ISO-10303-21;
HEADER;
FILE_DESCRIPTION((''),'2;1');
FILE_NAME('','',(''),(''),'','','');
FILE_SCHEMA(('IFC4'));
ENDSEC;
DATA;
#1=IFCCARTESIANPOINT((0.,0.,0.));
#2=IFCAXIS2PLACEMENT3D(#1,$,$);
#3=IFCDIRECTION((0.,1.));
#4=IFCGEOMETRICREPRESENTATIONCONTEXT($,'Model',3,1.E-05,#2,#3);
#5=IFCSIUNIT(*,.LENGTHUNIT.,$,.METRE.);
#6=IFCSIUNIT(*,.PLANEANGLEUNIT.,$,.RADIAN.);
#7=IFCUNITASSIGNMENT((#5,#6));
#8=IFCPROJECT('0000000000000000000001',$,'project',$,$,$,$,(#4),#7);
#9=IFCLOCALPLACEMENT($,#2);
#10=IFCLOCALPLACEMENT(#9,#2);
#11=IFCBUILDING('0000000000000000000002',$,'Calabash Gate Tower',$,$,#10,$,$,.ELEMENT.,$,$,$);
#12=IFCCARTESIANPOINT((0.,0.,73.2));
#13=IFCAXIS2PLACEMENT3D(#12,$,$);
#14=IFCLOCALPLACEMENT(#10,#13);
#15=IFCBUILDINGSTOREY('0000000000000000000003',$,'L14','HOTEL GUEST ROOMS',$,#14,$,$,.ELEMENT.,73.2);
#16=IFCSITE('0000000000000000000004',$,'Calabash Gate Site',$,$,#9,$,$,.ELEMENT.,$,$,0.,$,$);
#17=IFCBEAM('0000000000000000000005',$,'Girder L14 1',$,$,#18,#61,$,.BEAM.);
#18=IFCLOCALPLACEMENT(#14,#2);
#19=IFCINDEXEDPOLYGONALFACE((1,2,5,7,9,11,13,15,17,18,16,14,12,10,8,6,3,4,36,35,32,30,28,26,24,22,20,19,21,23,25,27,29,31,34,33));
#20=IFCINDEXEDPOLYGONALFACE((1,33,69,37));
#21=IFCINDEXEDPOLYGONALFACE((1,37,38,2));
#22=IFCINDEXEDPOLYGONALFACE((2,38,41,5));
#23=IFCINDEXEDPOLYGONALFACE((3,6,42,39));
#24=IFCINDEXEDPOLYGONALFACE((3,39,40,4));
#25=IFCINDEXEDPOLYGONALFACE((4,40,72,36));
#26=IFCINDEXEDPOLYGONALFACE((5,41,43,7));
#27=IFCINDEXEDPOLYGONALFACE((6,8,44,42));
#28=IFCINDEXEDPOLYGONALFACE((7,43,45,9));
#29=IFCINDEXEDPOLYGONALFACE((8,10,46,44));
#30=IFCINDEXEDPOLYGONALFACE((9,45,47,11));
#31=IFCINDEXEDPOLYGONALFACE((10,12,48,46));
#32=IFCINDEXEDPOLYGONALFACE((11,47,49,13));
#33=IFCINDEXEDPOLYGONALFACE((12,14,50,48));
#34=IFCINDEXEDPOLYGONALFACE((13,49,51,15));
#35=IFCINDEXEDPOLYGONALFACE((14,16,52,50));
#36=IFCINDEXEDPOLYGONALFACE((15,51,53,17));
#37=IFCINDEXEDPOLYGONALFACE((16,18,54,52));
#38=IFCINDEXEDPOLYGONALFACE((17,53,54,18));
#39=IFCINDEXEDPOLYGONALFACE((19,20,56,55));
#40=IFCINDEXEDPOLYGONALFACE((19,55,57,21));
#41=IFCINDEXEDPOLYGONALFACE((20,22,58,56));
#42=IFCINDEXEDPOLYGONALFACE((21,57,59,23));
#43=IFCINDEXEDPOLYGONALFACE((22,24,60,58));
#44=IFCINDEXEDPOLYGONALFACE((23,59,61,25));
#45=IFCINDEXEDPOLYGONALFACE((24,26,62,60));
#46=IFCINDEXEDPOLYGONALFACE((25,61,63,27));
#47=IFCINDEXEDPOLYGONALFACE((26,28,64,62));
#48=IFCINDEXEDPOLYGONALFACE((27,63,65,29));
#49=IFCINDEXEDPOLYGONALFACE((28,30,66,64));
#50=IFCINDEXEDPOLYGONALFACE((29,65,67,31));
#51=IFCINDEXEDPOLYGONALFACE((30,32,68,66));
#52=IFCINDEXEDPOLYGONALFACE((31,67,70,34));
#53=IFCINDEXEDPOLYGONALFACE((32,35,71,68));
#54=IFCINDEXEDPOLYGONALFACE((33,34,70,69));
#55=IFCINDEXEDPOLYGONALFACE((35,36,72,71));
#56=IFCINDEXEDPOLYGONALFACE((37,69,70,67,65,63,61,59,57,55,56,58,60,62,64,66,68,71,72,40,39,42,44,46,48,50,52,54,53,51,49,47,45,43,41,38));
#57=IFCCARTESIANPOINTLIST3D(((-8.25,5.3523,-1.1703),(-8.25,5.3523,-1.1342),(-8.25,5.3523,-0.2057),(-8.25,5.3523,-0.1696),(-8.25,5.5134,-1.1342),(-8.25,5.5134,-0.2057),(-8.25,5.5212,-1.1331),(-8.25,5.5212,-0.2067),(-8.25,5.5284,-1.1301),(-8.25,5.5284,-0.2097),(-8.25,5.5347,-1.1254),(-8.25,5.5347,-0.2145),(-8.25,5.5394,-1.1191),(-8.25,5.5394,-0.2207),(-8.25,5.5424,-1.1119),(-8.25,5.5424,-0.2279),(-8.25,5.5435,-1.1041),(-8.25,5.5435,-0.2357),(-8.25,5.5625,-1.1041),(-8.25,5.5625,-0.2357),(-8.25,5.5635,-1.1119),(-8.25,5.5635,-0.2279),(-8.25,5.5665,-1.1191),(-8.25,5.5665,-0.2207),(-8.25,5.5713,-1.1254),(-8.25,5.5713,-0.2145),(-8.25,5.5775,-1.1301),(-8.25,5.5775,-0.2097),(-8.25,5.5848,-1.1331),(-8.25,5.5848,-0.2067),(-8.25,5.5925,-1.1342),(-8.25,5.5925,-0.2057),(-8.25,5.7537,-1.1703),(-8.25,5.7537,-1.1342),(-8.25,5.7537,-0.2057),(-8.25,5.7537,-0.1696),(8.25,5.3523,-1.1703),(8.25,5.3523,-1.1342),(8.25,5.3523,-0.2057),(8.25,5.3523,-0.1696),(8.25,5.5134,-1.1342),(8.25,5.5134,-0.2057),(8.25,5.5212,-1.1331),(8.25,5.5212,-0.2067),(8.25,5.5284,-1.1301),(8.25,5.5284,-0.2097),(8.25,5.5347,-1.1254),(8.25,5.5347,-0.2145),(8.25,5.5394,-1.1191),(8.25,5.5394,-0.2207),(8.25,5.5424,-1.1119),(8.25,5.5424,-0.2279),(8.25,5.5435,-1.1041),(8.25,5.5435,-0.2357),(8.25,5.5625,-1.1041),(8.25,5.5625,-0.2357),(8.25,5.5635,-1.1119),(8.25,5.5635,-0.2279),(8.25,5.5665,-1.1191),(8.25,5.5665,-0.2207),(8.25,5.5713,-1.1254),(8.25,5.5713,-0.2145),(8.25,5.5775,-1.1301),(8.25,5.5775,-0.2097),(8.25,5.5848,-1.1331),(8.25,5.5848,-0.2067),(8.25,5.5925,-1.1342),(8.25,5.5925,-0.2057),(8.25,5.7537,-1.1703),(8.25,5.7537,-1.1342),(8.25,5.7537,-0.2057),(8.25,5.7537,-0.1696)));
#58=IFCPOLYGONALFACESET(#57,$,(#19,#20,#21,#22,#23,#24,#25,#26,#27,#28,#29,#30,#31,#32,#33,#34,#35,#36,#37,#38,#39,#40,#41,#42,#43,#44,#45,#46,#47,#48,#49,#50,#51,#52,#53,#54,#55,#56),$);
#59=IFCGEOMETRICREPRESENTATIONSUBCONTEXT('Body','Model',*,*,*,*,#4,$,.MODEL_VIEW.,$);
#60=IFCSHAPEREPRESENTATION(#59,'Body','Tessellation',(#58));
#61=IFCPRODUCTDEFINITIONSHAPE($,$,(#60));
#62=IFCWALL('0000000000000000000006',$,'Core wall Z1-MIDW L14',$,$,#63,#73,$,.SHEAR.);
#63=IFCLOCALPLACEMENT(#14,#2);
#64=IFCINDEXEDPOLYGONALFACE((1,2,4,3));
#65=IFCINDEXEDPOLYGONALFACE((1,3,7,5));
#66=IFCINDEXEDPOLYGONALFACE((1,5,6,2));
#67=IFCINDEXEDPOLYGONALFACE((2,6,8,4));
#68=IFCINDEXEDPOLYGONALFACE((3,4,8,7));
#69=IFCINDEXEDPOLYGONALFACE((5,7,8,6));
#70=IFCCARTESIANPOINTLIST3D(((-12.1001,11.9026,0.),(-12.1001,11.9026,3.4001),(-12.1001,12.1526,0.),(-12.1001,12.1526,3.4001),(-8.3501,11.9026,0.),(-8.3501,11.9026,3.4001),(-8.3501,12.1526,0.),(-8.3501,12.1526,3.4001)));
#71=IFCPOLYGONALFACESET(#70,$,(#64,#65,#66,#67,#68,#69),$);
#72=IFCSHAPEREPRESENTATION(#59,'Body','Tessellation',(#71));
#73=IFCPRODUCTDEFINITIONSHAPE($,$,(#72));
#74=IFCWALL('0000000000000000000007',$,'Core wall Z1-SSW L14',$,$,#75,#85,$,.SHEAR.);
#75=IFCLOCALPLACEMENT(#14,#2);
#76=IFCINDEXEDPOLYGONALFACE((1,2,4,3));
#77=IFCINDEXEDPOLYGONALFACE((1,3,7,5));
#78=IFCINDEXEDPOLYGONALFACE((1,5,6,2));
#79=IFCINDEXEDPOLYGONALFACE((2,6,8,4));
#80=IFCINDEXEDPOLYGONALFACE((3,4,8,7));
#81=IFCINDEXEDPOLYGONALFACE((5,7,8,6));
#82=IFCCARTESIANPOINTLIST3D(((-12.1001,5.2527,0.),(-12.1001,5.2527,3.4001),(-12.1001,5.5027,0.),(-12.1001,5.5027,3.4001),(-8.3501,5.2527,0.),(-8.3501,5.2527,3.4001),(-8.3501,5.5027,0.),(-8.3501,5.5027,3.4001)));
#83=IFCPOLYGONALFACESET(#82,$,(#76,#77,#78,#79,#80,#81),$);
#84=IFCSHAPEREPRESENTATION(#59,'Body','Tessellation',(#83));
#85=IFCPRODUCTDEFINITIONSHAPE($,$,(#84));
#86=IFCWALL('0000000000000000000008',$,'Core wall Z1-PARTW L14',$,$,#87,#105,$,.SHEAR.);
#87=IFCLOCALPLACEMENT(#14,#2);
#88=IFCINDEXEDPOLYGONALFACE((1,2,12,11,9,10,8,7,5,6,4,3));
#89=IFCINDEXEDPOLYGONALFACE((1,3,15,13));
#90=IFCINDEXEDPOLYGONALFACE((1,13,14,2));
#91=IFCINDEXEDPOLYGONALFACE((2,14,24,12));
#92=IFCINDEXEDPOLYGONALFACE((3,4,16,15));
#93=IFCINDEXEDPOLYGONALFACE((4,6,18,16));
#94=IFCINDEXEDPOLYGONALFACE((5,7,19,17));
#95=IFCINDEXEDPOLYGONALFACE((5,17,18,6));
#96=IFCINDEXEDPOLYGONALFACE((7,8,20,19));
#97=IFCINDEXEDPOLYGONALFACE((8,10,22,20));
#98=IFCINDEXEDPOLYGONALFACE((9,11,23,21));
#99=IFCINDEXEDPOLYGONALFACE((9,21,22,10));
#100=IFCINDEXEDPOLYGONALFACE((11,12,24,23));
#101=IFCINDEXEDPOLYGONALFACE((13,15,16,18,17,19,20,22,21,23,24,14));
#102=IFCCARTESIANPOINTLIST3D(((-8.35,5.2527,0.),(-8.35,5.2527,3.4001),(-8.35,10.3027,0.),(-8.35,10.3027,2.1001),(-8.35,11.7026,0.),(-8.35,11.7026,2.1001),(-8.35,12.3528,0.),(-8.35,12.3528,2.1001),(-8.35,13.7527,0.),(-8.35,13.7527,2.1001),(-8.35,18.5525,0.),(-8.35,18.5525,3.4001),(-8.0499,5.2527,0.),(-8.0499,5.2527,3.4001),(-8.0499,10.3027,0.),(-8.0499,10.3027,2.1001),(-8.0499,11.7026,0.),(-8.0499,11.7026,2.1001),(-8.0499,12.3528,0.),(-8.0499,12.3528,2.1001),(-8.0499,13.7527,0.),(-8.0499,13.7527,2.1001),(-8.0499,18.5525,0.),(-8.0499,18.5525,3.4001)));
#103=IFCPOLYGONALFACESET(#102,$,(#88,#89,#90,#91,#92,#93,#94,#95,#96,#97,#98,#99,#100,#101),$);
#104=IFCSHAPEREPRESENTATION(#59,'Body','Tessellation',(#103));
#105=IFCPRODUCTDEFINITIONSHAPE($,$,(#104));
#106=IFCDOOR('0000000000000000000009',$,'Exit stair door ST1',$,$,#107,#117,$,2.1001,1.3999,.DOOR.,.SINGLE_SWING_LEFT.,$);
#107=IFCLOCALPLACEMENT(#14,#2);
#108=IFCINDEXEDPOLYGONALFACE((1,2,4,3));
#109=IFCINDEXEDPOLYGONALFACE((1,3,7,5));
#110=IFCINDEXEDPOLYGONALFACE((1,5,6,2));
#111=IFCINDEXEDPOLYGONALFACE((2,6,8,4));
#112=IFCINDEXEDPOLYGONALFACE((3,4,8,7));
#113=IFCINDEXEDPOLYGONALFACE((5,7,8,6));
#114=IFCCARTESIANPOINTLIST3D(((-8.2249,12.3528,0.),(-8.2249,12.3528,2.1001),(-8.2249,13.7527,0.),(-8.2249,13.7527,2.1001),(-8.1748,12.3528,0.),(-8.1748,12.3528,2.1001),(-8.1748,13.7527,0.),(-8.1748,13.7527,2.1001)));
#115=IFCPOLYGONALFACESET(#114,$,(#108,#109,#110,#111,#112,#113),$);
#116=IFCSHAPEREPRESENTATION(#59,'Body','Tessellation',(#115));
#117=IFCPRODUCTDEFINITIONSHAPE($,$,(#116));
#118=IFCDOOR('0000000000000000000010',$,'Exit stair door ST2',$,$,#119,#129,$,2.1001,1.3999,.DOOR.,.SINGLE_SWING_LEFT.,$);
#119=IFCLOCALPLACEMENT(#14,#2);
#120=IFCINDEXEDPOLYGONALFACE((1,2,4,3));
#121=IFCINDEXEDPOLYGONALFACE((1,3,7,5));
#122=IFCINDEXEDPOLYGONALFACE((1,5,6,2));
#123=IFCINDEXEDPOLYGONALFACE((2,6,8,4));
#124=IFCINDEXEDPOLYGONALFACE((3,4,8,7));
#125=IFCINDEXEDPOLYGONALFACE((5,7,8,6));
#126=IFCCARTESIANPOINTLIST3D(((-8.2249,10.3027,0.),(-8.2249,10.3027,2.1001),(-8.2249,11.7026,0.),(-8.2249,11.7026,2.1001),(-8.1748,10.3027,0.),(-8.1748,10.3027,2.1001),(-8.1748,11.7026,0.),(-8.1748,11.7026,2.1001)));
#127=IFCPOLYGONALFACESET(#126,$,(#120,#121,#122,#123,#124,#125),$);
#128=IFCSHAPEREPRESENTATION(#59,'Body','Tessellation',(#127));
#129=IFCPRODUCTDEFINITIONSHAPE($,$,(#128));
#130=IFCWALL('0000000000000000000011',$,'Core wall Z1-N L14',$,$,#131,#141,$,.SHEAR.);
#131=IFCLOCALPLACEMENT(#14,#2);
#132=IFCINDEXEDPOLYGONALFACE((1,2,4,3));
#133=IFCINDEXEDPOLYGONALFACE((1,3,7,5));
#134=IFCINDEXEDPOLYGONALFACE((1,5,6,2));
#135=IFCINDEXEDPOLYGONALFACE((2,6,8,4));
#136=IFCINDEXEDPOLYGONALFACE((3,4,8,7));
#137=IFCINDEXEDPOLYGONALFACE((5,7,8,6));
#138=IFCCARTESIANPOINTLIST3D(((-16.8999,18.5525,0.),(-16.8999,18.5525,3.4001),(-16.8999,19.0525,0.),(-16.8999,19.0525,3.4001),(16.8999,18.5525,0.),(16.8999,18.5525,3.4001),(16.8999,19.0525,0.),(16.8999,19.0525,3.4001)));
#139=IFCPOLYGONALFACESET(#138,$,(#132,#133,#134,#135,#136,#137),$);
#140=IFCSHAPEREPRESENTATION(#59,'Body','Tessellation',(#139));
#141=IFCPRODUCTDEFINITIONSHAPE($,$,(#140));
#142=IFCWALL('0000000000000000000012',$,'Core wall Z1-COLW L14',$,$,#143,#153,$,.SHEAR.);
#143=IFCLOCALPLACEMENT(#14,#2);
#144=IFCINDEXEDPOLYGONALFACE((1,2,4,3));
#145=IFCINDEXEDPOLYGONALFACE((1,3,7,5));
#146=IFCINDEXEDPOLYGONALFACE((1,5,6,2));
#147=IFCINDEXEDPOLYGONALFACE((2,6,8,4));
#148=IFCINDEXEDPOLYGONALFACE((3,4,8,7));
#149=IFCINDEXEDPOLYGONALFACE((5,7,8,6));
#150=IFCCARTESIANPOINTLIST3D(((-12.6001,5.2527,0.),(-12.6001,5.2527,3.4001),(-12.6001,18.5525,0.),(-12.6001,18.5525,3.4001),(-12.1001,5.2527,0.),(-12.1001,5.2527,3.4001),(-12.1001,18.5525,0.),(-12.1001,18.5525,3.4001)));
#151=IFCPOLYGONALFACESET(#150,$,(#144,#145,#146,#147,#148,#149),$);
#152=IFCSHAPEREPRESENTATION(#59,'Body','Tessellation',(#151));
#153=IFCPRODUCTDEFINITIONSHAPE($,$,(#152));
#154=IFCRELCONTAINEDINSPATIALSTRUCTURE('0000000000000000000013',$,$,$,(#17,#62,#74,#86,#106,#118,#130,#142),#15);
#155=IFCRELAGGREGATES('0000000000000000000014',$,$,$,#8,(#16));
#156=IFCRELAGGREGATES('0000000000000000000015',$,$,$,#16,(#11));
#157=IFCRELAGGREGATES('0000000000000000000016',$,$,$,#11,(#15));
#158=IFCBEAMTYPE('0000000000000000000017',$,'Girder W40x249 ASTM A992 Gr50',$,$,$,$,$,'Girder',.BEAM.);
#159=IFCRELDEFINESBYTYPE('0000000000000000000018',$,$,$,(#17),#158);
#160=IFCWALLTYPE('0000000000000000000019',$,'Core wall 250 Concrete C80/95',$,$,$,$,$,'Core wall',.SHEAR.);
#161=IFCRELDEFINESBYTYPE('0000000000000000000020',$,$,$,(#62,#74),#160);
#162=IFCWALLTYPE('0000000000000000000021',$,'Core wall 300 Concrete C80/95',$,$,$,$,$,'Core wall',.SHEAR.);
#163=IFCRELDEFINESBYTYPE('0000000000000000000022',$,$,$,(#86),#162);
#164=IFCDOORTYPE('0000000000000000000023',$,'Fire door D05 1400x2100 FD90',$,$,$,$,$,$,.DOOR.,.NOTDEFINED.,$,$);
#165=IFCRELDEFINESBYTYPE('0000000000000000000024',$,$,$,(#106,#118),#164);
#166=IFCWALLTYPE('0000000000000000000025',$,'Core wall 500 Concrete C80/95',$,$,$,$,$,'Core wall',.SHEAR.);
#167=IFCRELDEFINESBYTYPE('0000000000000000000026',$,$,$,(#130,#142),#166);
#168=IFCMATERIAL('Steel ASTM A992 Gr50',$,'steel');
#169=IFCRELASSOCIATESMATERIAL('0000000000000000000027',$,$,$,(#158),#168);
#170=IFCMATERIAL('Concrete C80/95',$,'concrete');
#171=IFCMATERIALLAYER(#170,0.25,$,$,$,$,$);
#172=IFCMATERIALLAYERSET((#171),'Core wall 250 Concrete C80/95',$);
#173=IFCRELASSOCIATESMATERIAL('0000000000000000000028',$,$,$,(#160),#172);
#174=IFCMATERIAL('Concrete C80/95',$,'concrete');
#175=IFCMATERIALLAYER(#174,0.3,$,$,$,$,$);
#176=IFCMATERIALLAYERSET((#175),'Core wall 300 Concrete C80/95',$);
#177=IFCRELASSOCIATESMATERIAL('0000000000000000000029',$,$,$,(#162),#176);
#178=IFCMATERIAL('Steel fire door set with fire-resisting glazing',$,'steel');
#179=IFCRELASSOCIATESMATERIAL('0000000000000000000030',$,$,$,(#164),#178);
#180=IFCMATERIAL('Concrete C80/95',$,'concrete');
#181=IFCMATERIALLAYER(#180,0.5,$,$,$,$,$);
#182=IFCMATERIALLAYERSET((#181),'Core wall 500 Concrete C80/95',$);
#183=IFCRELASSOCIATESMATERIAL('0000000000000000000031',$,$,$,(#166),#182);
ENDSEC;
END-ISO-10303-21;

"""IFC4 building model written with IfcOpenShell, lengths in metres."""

from ifc_helpers import new_model, si_unit, direction, frame, frame_2d, origin, origin_2d, place, context, subcontext, project, spatial, rectangle, i_section, extrude, material, layer, layer_set, material_profile, profile_set, type_object, element, fill, save


model = new_model("IFC4")

# Units and contexts
model_context = context("Model", 3, precision=1e-05, world=origin(), true_north=direction((0.0, 1.0)))
body_context = subcontext(model_context, "Body", "Model", "MODEL_VIEW")
ifc_project = project(units=[si_unit("LENGTHUNIT", "METRE"), si_unit("PLANEANGLEUNIT", "RADIAN")], contexts=[model_context])

# Site, building, storey
site_placement = place(None, origin())
site = spatial("IfcSite", under=ifc_project, at=site_placement, Name="Calabash Gate Site", CompositionType="ELEMENT", RefElevation=0.0)
building_placement = place(site_placement, origin())
building = spatial("IfcBuilding", under=site, at=building_placement, Name="Calabash Gate Tower", CompositionType="ELEMENT")
storey_placement = place(building_placement, frame((0.0, 0.0, 73.2)))
storey = spatial("IfcBuildingStorey", under=building, at=storey_placement, Name="L14", Description="HOTEL GUEST ROOMS", CompositionType="ELEMENT", Elevation=73.2)

# Beam
ifc_material_1 = material(Name="Steel ASTM A992 Gr50", Category="steel")
ifc_material_profile = material_profile(ifc_material_1, i_section(OverallWidth=0.4014, OverallDepth=1.0007, WebThickness=0.019, FlangeThickness=0.0361, FilletRadius=0.03, at=origin_2d()))
ifc_profile_set = profile_set([ifc_material_profile], Name="Steel ASTM A992 Gr50")
beam_type = type_object("IfcBeamType", Name="Girder W40x249 ASTM A992 Gr50", ElementType="Girder", PredefinedType="BEAM", material=ifc_profile_set)
beam_placement = place(storey_placement, frame((-8.25, 5.553, -0.6699), z_axis=(1.0, 0.0, 0.0), x_axis=(0.0, 1.0, 0.0)))
element("IfcBeam", 1, at=beam_placement, inside=storey, type_object=beam_type, Name="Girder L14 1", PredefinedType="BEAM", context=body_context, shape_type="SweptSolid", body=[
    extrude(i_section(OverallWidth=0.4014, OverallDepth=1.0007, WebThickness=0.019, FlangeThickness=0.0361, FilletRadius=0.03, at=origin_2d()), origin(), (0.0, 0.0, 1.0), 16.5),
])

# Walls
ifc_material_2 = material(Name="Concrete C80/95", Category="concrete")
ifc_layer_1 = layer(ifc_material_2, 0.25)
ifc_layer_set_1 = layer_set([ifc_layer_1], Name="Core wall 250 Concrete C80/95")
wall_type_1 = type_object("IfcWallType", Name="Core wall 250 Concrete C80/95", ElementType="Core wall", PredefinedType="SHEAR", material=ifc_layer_set_1)
for number, where, z_axis, x_axis, name in (
    (2, (-12.1001, 12.0276, 0.0), (0.0, 0.0, 1.0), (1.0, 0.0, 0.0), "Core wall Z1-MIDW L14"),
    (3, (-12.1001, 5.3777, 0.0), (0.0, 0.0, 1.0), (1.0, 0.0, 0.0), "Core wall Z1-SSW L14"),
):
    element("IfcWall", number, at=place(storey_placement, frame(where, z_axis=z_axis, x_axis=x_axis)), inside=storey, type_object=wall_type_1, Name=name, PredefinedType="SHEAR", context=body_context, shape_type="SweptSolid", body=[
        extrude(rectangle(XDim=3.75, YDim=0.25, at=frame_2d((1.875, 0.0))), origin(), (0.0, 0.0, 1.0), 3.4001),
    ])

# Wall, openings, doors
ifc_material_3 = material(Name="Concrete C80/95", Category="concrete")
ifc_layer_2 = layer(ifc_material_3, 0.3)
ifc_layer_set_2 = layer_set([ifc_layer_2], Name="Core wall 300 Concrete C80/95")
wall_type_2 = type_object("IfcWallType", Name="Core wall 300 Concrete C80/95", ElementType="Core wall", PredefinedType="SHEAR", material=ifc_layer_set_2)
wall_1_placement = place(storey_placement, frame((-8.2, 5.2527, 0.0), z_axis=(0.0, 0.0, 1.0), x_axis=(0.0, 1.0, 0.0)))
wall_1 = element("IfcWall", 4, at=wall_1_placement, inside=storey, type_object=wall_type_2, Name="Core wall Z1-PARTW L14", PredefinedType="SHEAR", context=body_context, shape_type="SweptSolid", body=[
    extrude(rectangle(XDim=13.2998, YDim=0.3, at=frame_2d((6.6499, 0.0))), origin(), (0.0, 0.0, 1.0), 3.4001),
])
opening_1_placement = place(wall_1_placement, frame((7.1001, 0.0, 0.0)))
opening_1 = element("IfcOpeningElement", 5, at=opening_1_placement, cuts=wall_1, PredefinedType="OPENING", context=body_context, shape_type="SweptSolid", body=[
    extrude(rectangle(XDim=1.3999, YDim=2.1001, at=frame_2d((0.7, 1.05))), frame((0.0, 0.1599, 0.0), z_axis=(0.0, -1.0, 0.0), x_axis=(1.0, 0.0, 0.0)), (0.0, 0.0, 1.0), 0.3201),
])
opening_2_placement = place(wall_1_placement, frame((5.05, 0.0, 0.0)))
opening_2 = element("IfcOpeningElement", 6, at=opening_2_placement, cuts=wall_1, PredefinedType="OPENING", context=body_context, shape_type="SweptSolid", body=[
    extrude(rectangle(XDim=1.3999, YDim=2.1001, at=frame_2d((0.7, 1.05))), frame((0.0, 0.1599, 0.0), z_axis=(0.0, -1.0, 0.0), x_axis=(1.0, 0.0, 0.0)), (0.0, 0.0, 1.0), 0.3201),
])
ifc_material_4 = material(Name="Steel fire door set with fire-resisting glazing", Category="steel")
door_type_1 = type_object("IfcDoorType", Name="Fire door D05 1400x2100 FD90", OperationType="NOTDEFINED", PredefinedType="DOOR", material=ifc_material_4)
door_1_placement = place(opening_1_placement, origin())
door_1 = element("IfcDoor", 7, at=door_1_placement, inside=storey, type_object=door_type_1, Name="Exit stair door ST1", OperationType="SINGLE_SWING_LEFT", OverallHeight=2.1001, OverallWidth=1.3999, PredefinedType="DOOR", context=body_context, shape_type="SweptSolid", body=[
    extrude(rectangle(XDim=1.3999, YDim=2.1001, at=frame_2d((0.7, 1.05))), frame((0.0, 0.0249, 0.0), z_axis=(0.0, -1.0, 0.0), x_axis=(1.0, 0.0, 0.0)), (0.0, 0.0, 1.0), 0.05),
])
fill(opening_1, door_1)
door_2_placement = place(opening_2_placement, origin())
door_2 = element("IfcDoor", 8, at=door_2_placement, inside=storey, type_object=door_type_1, Name="Exit stair door ST2", OperationType="SINGLE_SWING_LEFT", OverallHeight=2.1001, OverallWidth=1.3999, PredefinedType="DOOR", context=body_context, shape_type="SweptSolid", body=[
    extrude(rectangle(XDim=1.3999, YDim=2.1001, at=frame_2d((0.7, 1.05))), frame((0.0, 0.0249, 0.0), z_axis=(0.0, -1.0, 0.0), x_axis=(1.0, 0.0, 0.0)), (0.0, 0.0, 1.0), 0.05),
])
fill(opening_2, door_2)

# Walls
ifc_material_5 = material(Name="Concrete C80/95", Category="concrete")
ifc_layer_3 = layer(ifc_material_5, 0.5)
ifc_layer_set_3 = layer_set([ifc_layer_3], Name="Core wall 500 Concrete C80/95")
wall_type_3 = type_object("IfcWallType", Name="Core wall 500 Concrete C80/95", ElementType="Core wall", PredefinedType="SHEAR", material=ifc_layer_set_3)
wall_2_placement = place(storey_placement, frame((-16.8999, 18.8025, 0.0), z_axis=(0.0, 0.0, 1.0), x_axis=(1.0, 0.0, 0.0)))
element("IfcWall", 9, at=wall_2_placement, inside=storey, type_object=wall_type_3, Name="Core wall Z1-N L14", PredefinedType="SHEAR", context=body_context, shape_type="SweptSolid", body=[
    extrude(rectangle(XDim=33.7998, YDim=0.5, at=frame_2d((16.8999, 0.0))), origin(), (0.0, 0.0, 1.0), 3.4001),
])
wall_3_placement = place(storey_placement, frame((-12.3501, 5.2527, 0.0), z_axis=(0.0, 0.0, 1.0), x_axis=(0.0, 1.0, 0.0)))
element("IfcWall", 10, at=wall_3_placement, inside=storey, type_object=wall_type_3, Name="Core wall Z1-COLW L14", PredefinedType="SHEAR", context=body_context, shape_type="SweptSolid", body=[
    extrude(rectangle(XDim=13.2998, YDim=0.5, at=frame_2d((6.6499, 0.0))), origin(), (0.0, 0.0, 1.0), 3.4001),
])

save(model, "model.ifc")
